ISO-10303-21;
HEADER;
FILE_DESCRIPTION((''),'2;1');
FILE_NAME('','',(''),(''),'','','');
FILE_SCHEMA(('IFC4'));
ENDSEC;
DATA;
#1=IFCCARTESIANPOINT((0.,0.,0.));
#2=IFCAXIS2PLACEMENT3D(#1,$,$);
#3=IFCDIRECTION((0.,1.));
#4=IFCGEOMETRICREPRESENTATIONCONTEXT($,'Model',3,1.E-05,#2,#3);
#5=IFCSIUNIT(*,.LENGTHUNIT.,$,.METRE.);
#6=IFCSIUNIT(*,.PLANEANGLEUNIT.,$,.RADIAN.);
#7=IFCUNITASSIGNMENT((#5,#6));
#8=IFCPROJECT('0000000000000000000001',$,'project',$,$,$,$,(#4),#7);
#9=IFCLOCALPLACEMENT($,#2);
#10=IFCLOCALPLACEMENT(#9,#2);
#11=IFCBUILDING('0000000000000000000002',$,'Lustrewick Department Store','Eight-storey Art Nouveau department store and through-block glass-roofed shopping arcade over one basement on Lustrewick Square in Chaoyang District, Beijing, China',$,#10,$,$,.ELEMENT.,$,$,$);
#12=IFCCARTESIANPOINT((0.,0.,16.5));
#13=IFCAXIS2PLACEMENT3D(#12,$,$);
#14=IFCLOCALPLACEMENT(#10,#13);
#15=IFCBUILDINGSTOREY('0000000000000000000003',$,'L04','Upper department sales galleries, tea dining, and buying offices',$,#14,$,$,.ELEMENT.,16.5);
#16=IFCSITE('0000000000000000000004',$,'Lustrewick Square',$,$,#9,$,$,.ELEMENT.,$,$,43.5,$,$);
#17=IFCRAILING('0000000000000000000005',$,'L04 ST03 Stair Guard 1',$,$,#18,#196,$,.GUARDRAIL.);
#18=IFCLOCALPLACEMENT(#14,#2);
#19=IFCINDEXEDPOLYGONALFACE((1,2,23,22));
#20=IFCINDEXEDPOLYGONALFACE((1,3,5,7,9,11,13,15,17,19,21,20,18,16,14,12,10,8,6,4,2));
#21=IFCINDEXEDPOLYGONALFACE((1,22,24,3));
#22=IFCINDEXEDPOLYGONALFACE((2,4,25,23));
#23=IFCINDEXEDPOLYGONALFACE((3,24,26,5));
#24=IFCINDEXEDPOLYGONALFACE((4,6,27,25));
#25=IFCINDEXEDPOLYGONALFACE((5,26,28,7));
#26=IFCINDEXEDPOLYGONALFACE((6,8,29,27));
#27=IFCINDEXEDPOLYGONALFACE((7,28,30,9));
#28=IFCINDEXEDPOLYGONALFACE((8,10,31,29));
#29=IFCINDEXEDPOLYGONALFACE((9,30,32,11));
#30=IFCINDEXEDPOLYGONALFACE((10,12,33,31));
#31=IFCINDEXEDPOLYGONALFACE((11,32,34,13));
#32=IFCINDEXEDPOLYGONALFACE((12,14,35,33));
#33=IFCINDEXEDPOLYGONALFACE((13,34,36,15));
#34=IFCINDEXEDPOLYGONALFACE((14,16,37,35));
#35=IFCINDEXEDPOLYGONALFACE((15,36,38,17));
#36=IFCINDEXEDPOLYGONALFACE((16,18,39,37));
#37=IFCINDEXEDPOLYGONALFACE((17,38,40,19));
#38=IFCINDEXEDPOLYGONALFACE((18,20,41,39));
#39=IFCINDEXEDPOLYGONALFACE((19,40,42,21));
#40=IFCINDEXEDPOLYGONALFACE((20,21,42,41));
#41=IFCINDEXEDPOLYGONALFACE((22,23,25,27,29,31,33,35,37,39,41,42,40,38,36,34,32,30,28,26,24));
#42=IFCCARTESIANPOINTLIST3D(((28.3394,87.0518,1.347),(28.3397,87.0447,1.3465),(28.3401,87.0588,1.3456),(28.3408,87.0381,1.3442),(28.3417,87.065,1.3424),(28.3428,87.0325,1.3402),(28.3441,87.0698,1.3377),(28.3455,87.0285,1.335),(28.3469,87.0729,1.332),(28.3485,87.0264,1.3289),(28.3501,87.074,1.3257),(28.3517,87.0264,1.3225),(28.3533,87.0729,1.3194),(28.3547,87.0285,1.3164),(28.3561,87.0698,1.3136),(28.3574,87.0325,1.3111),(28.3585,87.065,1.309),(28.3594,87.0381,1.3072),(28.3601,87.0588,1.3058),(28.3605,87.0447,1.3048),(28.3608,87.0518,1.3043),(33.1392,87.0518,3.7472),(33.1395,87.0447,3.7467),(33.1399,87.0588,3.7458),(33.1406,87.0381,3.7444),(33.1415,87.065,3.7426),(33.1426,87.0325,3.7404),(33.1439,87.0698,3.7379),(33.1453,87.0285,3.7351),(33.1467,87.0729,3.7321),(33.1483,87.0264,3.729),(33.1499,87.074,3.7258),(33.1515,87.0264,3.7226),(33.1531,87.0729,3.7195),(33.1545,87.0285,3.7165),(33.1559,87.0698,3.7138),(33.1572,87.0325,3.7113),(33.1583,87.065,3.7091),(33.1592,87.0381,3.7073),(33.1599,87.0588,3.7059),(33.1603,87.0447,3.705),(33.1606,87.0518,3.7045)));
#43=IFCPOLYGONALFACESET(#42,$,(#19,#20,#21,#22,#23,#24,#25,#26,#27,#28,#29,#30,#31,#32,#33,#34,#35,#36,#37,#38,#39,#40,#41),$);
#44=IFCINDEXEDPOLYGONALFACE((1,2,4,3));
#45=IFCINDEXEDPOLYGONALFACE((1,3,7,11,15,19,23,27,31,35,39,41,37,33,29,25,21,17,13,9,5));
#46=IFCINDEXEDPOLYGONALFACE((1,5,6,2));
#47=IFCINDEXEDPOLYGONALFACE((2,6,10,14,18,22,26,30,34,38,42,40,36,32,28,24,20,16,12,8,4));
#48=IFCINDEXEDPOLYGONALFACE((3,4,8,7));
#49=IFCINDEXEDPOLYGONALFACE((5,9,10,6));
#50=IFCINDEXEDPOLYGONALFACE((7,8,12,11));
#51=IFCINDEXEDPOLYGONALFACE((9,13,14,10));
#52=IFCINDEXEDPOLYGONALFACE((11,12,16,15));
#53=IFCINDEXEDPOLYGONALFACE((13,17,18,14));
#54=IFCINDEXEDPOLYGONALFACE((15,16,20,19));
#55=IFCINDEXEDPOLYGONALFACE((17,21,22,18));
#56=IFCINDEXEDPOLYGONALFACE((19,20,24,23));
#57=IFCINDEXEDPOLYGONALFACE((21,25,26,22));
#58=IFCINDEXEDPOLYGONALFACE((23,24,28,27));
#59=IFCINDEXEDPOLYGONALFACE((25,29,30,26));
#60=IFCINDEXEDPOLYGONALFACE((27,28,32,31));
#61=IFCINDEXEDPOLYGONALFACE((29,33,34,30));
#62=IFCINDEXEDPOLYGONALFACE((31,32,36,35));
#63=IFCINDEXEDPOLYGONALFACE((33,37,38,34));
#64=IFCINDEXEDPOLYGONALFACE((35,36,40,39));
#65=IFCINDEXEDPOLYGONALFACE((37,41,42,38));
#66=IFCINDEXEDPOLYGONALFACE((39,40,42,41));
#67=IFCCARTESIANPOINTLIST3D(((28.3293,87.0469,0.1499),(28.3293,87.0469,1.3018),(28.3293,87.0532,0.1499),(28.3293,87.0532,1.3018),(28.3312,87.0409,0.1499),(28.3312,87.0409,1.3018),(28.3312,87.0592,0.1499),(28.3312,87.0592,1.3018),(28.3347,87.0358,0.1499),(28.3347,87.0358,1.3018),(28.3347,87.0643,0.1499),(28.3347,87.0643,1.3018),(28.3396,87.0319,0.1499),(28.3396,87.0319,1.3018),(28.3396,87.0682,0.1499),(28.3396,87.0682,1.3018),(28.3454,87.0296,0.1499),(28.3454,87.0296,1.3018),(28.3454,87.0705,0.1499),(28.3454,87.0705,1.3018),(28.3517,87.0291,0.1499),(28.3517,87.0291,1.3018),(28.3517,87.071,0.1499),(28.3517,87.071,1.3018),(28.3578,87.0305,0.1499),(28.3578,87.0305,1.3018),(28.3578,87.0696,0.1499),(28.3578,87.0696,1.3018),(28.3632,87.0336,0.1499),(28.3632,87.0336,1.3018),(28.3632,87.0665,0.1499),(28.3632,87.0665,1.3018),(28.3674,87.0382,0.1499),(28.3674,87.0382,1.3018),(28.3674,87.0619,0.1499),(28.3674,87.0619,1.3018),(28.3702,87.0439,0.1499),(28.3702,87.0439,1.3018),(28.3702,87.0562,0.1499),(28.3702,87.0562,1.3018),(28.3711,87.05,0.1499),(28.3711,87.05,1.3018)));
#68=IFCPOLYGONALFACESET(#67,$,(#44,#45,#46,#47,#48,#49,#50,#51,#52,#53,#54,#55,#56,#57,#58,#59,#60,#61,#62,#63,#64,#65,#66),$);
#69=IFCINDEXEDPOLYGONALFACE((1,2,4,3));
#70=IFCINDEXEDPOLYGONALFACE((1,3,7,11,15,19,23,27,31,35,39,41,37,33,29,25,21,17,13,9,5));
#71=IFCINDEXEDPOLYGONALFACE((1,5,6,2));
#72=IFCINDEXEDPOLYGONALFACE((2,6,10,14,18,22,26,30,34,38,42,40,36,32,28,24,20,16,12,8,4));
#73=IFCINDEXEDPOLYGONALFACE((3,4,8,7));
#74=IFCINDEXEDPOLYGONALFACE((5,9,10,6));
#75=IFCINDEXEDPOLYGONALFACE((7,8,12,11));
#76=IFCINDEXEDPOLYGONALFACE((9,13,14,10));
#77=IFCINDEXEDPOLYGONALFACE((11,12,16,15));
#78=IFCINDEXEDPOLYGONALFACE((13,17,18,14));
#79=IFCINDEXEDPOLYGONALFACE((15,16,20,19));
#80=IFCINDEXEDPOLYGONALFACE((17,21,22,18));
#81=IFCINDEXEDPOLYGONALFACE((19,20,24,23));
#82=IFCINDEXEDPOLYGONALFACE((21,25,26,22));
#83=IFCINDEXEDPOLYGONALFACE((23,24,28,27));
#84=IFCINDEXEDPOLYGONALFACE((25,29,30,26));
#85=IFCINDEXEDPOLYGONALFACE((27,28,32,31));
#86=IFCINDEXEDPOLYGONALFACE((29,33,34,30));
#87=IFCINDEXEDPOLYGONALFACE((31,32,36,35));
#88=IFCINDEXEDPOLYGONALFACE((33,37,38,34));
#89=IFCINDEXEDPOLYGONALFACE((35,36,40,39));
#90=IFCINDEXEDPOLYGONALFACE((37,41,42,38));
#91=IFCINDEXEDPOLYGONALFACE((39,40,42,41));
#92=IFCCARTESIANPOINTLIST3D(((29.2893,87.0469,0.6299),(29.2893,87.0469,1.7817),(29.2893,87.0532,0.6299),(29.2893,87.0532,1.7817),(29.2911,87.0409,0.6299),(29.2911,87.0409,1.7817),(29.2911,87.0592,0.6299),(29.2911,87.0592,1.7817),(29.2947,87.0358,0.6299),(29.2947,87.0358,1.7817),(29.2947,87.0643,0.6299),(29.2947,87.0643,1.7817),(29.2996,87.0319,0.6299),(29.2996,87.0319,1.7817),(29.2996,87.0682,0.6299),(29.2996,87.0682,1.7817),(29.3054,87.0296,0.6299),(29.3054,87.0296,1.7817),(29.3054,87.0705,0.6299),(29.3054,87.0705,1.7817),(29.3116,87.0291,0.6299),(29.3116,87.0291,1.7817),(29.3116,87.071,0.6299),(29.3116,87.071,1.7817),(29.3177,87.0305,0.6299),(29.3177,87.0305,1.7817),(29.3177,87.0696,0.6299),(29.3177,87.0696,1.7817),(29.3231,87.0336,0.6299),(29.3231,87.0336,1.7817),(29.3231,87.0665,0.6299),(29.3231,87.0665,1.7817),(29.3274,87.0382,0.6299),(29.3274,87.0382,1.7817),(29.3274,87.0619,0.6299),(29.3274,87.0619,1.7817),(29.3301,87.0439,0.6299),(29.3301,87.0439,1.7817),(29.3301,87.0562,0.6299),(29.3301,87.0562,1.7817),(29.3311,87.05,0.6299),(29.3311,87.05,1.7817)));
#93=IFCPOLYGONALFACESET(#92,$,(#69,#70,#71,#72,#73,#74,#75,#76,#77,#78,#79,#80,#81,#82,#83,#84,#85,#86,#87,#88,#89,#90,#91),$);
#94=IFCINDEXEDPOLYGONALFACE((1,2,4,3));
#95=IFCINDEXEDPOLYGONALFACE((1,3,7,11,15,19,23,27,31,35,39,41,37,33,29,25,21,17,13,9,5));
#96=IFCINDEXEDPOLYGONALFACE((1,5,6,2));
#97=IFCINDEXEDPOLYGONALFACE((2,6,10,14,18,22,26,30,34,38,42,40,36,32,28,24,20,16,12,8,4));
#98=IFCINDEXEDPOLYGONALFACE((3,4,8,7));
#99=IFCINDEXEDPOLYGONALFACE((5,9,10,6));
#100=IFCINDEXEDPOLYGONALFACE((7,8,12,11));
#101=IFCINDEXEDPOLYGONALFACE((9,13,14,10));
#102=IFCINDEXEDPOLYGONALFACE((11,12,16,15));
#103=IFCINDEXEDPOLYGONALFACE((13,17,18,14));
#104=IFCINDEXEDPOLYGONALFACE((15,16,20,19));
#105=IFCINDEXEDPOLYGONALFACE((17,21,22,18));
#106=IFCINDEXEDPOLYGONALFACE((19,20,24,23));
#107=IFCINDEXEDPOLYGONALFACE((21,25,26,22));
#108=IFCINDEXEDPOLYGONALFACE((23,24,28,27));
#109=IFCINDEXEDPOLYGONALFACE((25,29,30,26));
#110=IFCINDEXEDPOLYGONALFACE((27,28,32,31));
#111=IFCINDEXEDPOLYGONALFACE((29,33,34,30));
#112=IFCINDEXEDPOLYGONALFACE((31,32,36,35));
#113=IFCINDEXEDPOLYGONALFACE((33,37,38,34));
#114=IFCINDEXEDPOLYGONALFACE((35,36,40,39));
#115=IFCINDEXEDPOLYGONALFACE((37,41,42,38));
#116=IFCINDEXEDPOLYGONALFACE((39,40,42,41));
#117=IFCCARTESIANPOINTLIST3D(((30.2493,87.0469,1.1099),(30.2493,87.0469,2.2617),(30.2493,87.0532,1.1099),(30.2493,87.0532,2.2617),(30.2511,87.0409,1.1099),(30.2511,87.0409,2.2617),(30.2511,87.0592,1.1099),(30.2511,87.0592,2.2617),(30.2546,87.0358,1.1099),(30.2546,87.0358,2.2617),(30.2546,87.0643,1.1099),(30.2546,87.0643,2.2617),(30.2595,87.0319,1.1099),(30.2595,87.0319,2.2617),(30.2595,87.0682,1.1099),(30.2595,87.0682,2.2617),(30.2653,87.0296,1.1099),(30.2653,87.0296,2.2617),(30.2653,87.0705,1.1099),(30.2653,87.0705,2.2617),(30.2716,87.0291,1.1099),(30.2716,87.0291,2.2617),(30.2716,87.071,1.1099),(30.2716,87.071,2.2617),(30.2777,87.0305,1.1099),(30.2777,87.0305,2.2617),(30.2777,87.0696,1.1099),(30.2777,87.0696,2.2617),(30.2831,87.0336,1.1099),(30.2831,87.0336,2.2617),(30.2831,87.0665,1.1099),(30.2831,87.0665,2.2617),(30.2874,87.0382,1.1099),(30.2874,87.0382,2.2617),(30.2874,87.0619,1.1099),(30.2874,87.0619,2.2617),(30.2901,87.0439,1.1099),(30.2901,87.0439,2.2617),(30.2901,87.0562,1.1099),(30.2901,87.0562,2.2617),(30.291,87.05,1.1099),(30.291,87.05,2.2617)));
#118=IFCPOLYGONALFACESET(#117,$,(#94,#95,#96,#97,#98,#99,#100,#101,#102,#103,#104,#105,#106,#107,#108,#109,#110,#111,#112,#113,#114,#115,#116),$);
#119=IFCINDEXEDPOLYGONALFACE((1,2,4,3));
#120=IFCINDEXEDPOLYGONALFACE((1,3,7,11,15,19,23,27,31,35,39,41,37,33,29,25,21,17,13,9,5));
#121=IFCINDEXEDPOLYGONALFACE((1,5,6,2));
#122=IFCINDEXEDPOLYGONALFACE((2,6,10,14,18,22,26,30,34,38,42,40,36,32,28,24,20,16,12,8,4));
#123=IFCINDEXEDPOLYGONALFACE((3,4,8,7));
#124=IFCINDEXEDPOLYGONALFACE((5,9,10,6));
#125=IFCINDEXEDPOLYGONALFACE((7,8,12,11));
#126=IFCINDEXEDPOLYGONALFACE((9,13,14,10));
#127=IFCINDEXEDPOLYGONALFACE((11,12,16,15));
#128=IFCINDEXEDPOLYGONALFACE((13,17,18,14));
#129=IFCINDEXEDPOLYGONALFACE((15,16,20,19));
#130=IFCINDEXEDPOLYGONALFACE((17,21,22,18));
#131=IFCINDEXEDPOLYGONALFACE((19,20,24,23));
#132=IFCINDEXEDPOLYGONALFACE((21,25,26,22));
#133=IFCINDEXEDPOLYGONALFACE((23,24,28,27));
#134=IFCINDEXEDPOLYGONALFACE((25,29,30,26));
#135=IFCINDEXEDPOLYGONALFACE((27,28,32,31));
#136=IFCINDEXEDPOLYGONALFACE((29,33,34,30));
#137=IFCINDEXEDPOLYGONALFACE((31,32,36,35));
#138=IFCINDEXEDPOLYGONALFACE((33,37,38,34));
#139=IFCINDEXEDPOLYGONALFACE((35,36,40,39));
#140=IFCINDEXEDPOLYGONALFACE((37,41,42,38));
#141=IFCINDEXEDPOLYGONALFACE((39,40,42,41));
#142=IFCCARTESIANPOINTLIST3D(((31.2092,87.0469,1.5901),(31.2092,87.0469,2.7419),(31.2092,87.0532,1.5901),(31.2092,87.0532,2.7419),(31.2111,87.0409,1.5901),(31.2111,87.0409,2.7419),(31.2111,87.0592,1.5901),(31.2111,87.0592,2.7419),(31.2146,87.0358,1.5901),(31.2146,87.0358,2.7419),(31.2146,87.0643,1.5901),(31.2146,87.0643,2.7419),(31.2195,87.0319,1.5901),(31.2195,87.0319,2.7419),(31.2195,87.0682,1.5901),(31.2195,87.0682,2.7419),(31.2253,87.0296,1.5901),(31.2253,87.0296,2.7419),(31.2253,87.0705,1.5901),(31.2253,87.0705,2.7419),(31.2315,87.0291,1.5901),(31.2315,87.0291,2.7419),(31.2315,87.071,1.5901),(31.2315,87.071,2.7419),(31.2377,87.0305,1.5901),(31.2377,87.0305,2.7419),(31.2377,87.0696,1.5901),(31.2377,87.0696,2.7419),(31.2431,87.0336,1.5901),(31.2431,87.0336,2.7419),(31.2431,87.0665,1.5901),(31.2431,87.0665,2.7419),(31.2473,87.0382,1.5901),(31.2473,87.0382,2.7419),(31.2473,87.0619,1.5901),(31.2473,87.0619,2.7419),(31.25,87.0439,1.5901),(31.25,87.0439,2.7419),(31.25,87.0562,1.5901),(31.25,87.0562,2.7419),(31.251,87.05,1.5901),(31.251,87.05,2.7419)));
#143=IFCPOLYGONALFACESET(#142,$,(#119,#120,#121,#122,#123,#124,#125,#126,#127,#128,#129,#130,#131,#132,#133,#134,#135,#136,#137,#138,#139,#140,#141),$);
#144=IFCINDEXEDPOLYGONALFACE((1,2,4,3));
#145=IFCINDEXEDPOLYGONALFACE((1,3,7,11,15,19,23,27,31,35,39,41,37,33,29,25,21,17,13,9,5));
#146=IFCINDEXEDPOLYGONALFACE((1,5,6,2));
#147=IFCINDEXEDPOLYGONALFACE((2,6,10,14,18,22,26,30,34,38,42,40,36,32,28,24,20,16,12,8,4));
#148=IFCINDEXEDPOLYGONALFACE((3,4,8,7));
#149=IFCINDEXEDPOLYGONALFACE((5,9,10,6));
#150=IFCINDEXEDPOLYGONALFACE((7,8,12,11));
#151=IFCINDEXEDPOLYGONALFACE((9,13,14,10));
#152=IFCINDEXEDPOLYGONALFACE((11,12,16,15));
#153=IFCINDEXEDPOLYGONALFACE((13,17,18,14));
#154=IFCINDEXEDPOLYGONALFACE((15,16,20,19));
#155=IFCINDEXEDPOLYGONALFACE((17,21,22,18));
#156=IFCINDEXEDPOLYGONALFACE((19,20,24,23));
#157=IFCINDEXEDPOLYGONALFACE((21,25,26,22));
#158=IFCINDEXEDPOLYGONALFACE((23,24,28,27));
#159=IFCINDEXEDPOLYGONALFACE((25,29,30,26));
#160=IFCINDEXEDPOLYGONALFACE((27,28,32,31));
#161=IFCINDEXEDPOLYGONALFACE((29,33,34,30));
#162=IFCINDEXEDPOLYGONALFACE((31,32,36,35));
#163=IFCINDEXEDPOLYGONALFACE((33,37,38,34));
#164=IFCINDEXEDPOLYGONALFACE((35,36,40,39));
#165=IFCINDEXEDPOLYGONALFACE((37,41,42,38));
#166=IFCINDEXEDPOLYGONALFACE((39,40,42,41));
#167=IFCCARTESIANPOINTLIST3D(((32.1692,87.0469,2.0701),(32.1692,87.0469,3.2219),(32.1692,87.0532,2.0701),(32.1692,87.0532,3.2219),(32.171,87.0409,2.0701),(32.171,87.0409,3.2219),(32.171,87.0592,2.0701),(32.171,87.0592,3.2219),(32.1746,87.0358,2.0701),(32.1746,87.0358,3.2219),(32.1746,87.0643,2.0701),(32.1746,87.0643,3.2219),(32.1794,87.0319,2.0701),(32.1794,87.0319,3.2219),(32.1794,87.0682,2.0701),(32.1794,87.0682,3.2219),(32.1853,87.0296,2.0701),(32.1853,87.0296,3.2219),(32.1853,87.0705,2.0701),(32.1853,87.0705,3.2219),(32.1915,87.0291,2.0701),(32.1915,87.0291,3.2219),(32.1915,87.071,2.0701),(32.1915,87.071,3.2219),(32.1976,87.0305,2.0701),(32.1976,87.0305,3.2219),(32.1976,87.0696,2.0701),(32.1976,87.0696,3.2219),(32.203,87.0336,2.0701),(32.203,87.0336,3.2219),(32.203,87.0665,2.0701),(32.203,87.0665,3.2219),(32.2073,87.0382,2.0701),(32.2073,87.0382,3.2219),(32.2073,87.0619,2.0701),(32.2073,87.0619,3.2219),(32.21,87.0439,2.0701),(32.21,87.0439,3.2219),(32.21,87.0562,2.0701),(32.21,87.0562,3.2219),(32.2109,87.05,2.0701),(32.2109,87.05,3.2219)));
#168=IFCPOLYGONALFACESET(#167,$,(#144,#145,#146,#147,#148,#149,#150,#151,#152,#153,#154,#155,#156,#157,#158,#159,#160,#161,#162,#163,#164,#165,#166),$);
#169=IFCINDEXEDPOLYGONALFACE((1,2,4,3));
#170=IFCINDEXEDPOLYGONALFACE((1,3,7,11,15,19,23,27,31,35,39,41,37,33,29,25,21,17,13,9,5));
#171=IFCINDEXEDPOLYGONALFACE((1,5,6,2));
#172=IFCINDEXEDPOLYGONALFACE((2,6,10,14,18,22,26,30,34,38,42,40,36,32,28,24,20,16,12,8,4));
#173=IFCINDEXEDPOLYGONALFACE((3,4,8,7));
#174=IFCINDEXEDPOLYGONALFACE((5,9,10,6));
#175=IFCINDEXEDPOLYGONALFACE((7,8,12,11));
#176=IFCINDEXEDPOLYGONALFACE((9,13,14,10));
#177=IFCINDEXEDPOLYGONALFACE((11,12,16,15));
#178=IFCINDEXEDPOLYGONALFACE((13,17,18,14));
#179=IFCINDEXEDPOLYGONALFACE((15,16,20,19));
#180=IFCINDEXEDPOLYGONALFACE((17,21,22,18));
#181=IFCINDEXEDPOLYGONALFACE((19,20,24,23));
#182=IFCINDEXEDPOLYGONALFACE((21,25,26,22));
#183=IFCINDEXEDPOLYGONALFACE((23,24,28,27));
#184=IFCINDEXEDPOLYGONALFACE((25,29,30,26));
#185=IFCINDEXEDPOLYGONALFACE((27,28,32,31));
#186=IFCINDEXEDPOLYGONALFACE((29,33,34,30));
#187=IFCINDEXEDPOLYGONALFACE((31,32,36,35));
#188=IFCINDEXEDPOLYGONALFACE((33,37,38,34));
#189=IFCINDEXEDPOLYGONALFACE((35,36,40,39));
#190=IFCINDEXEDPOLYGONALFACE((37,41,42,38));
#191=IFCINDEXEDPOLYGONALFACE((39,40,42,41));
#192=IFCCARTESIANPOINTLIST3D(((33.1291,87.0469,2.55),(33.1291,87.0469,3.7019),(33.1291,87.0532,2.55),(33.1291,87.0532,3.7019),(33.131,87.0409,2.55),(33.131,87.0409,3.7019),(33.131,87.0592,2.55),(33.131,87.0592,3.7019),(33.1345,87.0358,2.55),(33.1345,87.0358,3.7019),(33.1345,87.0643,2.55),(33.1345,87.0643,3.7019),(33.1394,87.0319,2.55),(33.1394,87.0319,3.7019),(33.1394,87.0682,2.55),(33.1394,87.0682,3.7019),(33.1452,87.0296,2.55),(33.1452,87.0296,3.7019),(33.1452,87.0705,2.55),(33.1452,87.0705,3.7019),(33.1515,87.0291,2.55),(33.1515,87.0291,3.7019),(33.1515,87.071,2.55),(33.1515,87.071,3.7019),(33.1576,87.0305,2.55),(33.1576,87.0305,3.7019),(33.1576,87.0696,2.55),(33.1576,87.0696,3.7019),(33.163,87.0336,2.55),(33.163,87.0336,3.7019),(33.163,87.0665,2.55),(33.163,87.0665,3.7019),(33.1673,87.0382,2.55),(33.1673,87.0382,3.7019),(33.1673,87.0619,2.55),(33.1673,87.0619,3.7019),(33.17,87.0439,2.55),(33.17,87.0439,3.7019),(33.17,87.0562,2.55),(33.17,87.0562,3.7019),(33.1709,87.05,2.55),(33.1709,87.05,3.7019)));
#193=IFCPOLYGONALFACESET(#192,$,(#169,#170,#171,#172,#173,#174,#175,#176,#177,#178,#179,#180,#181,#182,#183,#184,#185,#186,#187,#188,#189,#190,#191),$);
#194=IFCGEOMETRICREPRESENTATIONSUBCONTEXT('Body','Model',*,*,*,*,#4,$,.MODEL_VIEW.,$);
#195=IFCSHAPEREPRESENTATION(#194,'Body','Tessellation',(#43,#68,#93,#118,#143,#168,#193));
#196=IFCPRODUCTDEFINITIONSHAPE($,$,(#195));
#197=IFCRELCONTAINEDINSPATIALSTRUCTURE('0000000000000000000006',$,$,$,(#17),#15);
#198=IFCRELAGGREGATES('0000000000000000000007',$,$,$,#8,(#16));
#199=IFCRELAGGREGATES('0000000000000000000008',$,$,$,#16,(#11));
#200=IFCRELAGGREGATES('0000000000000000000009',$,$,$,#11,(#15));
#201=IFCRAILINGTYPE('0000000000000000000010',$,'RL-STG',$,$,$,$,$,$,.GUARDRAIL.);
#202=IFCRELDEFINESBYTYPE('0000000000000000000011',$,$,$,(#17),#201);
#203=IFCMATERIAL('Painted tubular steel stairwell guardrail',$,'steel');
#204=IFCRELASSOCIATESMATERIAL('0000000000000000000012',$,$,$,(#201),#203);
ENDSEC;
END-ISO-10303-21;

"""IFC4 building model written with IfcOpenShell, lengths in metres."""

from ifc_helpers import new_model, si_unit, direction, frame, origin, origin_2d, place, context, subcontext, project, spatial, circle, extrude, material, type_object, element, save


model = new_model("IFC4")

# Units and contexts
model_context = context("Model", 3, precision=1e-05, world=origin(), true_north=direction((0.0, 1.0)))
body_context = subcontext(model_context, "Body", "Model", "MODEL_VIEW")
ifc_project = project(units=[si_unit("LENGTHUNIT", "METRE"), si_unit("PLANEANGLEUNIT", "RADIAN")], contexts=[model_context])

# Site, building, storey
site_placement = place(None, origin())
site = spatial("IfcSite", under=ifc_project, at=site_placement, Name="Lustrewick Square", CompositionType="ELEMENT", RefElevation=43.5)
building_placement = place(site_placement, origin())
building = spatial("IfcBuilding", under=site, at=building_placement, Name="Lustrewick Department Store", Description="Eight-storey Art Nouveau department store and through-block glass-roofed shopping arcade over one basement on Lustrewick Square in Chaoyang District, Beijing, China", CompositionType="ELEMENT")
storey_placement = place(building_placement, frame((0.0, 0.0, 16.5)))
storey = spatial("IfcBuildingStorey", under=building, at=storey_placement, Name="L04", Description="Upper department sales galleries, tea dining, and buying offices", CompositionType="ELEMENT", Elevation=16.5)

# Railing
ifc_material_1 = material(Name="Painted tubular steel stairwell guardrail", Category="steel")
railing_type_1 = type_object("IfcRailingType", Name="RL-STG", PredefinedType="GUARDRAIL", material=ifc_material_1)
railing_1_placement = place(storey_placement, frame((28.3501, 87.05, 0.1499)))
element("IfcRailing", 1, at=railing_1_placement, inside=storey, type_object=railing_type_1, Name="L04 ST03 Stair Guard 1", PredefinedType="GUARDRAIL", context=body_context, shape_type="SweptSolid", body=[
    extrude(circle(Radius=0.0239, at=origin_2d()), frame((0.0, 0.0, 1.1758), z_axis=(0.894409, 0.0, 0.44725), x_axis=(0.0, 1.0, 0.0)), (0.0, 0.0, 1.0), 5.3665),
    extrude(circle(Radius=0.021, at=origin_2d()), origin(), (0.0, 0.0, 1.0), 1.1519),
    extrude(circle(Radius=0.021, at=origin_2d()), frame((0.96, 0.0, 0.48)), (0.0, 0.0, 1.0), 1.1519),
    extrude(circle(Radius=0.021, at=origin_2d()), frame((1.9199, 0.0, 0.96)), (0.0, 0.0, 1.0), 1.1519),
    extrude(circle(Radius=0.021, at=origin_2d()), frame((2.8799, 0.0, 1.4402)), (0.0, 0.0, 1.0), 1.1519),
    extrude(circle(Radius=0.021, at=origin_2d()), frame((3.8398, 0.0, 1.9202)), (0.0, 0.0, 1.0), 1.1519),
    extrude(circle(Radius=0.021, at=origin_2d()), frame((4.7998, 0.0, 2.4001)), (0.0, 0.0, 1.0), 1.1519),
])

save(model, "model.ifc")
